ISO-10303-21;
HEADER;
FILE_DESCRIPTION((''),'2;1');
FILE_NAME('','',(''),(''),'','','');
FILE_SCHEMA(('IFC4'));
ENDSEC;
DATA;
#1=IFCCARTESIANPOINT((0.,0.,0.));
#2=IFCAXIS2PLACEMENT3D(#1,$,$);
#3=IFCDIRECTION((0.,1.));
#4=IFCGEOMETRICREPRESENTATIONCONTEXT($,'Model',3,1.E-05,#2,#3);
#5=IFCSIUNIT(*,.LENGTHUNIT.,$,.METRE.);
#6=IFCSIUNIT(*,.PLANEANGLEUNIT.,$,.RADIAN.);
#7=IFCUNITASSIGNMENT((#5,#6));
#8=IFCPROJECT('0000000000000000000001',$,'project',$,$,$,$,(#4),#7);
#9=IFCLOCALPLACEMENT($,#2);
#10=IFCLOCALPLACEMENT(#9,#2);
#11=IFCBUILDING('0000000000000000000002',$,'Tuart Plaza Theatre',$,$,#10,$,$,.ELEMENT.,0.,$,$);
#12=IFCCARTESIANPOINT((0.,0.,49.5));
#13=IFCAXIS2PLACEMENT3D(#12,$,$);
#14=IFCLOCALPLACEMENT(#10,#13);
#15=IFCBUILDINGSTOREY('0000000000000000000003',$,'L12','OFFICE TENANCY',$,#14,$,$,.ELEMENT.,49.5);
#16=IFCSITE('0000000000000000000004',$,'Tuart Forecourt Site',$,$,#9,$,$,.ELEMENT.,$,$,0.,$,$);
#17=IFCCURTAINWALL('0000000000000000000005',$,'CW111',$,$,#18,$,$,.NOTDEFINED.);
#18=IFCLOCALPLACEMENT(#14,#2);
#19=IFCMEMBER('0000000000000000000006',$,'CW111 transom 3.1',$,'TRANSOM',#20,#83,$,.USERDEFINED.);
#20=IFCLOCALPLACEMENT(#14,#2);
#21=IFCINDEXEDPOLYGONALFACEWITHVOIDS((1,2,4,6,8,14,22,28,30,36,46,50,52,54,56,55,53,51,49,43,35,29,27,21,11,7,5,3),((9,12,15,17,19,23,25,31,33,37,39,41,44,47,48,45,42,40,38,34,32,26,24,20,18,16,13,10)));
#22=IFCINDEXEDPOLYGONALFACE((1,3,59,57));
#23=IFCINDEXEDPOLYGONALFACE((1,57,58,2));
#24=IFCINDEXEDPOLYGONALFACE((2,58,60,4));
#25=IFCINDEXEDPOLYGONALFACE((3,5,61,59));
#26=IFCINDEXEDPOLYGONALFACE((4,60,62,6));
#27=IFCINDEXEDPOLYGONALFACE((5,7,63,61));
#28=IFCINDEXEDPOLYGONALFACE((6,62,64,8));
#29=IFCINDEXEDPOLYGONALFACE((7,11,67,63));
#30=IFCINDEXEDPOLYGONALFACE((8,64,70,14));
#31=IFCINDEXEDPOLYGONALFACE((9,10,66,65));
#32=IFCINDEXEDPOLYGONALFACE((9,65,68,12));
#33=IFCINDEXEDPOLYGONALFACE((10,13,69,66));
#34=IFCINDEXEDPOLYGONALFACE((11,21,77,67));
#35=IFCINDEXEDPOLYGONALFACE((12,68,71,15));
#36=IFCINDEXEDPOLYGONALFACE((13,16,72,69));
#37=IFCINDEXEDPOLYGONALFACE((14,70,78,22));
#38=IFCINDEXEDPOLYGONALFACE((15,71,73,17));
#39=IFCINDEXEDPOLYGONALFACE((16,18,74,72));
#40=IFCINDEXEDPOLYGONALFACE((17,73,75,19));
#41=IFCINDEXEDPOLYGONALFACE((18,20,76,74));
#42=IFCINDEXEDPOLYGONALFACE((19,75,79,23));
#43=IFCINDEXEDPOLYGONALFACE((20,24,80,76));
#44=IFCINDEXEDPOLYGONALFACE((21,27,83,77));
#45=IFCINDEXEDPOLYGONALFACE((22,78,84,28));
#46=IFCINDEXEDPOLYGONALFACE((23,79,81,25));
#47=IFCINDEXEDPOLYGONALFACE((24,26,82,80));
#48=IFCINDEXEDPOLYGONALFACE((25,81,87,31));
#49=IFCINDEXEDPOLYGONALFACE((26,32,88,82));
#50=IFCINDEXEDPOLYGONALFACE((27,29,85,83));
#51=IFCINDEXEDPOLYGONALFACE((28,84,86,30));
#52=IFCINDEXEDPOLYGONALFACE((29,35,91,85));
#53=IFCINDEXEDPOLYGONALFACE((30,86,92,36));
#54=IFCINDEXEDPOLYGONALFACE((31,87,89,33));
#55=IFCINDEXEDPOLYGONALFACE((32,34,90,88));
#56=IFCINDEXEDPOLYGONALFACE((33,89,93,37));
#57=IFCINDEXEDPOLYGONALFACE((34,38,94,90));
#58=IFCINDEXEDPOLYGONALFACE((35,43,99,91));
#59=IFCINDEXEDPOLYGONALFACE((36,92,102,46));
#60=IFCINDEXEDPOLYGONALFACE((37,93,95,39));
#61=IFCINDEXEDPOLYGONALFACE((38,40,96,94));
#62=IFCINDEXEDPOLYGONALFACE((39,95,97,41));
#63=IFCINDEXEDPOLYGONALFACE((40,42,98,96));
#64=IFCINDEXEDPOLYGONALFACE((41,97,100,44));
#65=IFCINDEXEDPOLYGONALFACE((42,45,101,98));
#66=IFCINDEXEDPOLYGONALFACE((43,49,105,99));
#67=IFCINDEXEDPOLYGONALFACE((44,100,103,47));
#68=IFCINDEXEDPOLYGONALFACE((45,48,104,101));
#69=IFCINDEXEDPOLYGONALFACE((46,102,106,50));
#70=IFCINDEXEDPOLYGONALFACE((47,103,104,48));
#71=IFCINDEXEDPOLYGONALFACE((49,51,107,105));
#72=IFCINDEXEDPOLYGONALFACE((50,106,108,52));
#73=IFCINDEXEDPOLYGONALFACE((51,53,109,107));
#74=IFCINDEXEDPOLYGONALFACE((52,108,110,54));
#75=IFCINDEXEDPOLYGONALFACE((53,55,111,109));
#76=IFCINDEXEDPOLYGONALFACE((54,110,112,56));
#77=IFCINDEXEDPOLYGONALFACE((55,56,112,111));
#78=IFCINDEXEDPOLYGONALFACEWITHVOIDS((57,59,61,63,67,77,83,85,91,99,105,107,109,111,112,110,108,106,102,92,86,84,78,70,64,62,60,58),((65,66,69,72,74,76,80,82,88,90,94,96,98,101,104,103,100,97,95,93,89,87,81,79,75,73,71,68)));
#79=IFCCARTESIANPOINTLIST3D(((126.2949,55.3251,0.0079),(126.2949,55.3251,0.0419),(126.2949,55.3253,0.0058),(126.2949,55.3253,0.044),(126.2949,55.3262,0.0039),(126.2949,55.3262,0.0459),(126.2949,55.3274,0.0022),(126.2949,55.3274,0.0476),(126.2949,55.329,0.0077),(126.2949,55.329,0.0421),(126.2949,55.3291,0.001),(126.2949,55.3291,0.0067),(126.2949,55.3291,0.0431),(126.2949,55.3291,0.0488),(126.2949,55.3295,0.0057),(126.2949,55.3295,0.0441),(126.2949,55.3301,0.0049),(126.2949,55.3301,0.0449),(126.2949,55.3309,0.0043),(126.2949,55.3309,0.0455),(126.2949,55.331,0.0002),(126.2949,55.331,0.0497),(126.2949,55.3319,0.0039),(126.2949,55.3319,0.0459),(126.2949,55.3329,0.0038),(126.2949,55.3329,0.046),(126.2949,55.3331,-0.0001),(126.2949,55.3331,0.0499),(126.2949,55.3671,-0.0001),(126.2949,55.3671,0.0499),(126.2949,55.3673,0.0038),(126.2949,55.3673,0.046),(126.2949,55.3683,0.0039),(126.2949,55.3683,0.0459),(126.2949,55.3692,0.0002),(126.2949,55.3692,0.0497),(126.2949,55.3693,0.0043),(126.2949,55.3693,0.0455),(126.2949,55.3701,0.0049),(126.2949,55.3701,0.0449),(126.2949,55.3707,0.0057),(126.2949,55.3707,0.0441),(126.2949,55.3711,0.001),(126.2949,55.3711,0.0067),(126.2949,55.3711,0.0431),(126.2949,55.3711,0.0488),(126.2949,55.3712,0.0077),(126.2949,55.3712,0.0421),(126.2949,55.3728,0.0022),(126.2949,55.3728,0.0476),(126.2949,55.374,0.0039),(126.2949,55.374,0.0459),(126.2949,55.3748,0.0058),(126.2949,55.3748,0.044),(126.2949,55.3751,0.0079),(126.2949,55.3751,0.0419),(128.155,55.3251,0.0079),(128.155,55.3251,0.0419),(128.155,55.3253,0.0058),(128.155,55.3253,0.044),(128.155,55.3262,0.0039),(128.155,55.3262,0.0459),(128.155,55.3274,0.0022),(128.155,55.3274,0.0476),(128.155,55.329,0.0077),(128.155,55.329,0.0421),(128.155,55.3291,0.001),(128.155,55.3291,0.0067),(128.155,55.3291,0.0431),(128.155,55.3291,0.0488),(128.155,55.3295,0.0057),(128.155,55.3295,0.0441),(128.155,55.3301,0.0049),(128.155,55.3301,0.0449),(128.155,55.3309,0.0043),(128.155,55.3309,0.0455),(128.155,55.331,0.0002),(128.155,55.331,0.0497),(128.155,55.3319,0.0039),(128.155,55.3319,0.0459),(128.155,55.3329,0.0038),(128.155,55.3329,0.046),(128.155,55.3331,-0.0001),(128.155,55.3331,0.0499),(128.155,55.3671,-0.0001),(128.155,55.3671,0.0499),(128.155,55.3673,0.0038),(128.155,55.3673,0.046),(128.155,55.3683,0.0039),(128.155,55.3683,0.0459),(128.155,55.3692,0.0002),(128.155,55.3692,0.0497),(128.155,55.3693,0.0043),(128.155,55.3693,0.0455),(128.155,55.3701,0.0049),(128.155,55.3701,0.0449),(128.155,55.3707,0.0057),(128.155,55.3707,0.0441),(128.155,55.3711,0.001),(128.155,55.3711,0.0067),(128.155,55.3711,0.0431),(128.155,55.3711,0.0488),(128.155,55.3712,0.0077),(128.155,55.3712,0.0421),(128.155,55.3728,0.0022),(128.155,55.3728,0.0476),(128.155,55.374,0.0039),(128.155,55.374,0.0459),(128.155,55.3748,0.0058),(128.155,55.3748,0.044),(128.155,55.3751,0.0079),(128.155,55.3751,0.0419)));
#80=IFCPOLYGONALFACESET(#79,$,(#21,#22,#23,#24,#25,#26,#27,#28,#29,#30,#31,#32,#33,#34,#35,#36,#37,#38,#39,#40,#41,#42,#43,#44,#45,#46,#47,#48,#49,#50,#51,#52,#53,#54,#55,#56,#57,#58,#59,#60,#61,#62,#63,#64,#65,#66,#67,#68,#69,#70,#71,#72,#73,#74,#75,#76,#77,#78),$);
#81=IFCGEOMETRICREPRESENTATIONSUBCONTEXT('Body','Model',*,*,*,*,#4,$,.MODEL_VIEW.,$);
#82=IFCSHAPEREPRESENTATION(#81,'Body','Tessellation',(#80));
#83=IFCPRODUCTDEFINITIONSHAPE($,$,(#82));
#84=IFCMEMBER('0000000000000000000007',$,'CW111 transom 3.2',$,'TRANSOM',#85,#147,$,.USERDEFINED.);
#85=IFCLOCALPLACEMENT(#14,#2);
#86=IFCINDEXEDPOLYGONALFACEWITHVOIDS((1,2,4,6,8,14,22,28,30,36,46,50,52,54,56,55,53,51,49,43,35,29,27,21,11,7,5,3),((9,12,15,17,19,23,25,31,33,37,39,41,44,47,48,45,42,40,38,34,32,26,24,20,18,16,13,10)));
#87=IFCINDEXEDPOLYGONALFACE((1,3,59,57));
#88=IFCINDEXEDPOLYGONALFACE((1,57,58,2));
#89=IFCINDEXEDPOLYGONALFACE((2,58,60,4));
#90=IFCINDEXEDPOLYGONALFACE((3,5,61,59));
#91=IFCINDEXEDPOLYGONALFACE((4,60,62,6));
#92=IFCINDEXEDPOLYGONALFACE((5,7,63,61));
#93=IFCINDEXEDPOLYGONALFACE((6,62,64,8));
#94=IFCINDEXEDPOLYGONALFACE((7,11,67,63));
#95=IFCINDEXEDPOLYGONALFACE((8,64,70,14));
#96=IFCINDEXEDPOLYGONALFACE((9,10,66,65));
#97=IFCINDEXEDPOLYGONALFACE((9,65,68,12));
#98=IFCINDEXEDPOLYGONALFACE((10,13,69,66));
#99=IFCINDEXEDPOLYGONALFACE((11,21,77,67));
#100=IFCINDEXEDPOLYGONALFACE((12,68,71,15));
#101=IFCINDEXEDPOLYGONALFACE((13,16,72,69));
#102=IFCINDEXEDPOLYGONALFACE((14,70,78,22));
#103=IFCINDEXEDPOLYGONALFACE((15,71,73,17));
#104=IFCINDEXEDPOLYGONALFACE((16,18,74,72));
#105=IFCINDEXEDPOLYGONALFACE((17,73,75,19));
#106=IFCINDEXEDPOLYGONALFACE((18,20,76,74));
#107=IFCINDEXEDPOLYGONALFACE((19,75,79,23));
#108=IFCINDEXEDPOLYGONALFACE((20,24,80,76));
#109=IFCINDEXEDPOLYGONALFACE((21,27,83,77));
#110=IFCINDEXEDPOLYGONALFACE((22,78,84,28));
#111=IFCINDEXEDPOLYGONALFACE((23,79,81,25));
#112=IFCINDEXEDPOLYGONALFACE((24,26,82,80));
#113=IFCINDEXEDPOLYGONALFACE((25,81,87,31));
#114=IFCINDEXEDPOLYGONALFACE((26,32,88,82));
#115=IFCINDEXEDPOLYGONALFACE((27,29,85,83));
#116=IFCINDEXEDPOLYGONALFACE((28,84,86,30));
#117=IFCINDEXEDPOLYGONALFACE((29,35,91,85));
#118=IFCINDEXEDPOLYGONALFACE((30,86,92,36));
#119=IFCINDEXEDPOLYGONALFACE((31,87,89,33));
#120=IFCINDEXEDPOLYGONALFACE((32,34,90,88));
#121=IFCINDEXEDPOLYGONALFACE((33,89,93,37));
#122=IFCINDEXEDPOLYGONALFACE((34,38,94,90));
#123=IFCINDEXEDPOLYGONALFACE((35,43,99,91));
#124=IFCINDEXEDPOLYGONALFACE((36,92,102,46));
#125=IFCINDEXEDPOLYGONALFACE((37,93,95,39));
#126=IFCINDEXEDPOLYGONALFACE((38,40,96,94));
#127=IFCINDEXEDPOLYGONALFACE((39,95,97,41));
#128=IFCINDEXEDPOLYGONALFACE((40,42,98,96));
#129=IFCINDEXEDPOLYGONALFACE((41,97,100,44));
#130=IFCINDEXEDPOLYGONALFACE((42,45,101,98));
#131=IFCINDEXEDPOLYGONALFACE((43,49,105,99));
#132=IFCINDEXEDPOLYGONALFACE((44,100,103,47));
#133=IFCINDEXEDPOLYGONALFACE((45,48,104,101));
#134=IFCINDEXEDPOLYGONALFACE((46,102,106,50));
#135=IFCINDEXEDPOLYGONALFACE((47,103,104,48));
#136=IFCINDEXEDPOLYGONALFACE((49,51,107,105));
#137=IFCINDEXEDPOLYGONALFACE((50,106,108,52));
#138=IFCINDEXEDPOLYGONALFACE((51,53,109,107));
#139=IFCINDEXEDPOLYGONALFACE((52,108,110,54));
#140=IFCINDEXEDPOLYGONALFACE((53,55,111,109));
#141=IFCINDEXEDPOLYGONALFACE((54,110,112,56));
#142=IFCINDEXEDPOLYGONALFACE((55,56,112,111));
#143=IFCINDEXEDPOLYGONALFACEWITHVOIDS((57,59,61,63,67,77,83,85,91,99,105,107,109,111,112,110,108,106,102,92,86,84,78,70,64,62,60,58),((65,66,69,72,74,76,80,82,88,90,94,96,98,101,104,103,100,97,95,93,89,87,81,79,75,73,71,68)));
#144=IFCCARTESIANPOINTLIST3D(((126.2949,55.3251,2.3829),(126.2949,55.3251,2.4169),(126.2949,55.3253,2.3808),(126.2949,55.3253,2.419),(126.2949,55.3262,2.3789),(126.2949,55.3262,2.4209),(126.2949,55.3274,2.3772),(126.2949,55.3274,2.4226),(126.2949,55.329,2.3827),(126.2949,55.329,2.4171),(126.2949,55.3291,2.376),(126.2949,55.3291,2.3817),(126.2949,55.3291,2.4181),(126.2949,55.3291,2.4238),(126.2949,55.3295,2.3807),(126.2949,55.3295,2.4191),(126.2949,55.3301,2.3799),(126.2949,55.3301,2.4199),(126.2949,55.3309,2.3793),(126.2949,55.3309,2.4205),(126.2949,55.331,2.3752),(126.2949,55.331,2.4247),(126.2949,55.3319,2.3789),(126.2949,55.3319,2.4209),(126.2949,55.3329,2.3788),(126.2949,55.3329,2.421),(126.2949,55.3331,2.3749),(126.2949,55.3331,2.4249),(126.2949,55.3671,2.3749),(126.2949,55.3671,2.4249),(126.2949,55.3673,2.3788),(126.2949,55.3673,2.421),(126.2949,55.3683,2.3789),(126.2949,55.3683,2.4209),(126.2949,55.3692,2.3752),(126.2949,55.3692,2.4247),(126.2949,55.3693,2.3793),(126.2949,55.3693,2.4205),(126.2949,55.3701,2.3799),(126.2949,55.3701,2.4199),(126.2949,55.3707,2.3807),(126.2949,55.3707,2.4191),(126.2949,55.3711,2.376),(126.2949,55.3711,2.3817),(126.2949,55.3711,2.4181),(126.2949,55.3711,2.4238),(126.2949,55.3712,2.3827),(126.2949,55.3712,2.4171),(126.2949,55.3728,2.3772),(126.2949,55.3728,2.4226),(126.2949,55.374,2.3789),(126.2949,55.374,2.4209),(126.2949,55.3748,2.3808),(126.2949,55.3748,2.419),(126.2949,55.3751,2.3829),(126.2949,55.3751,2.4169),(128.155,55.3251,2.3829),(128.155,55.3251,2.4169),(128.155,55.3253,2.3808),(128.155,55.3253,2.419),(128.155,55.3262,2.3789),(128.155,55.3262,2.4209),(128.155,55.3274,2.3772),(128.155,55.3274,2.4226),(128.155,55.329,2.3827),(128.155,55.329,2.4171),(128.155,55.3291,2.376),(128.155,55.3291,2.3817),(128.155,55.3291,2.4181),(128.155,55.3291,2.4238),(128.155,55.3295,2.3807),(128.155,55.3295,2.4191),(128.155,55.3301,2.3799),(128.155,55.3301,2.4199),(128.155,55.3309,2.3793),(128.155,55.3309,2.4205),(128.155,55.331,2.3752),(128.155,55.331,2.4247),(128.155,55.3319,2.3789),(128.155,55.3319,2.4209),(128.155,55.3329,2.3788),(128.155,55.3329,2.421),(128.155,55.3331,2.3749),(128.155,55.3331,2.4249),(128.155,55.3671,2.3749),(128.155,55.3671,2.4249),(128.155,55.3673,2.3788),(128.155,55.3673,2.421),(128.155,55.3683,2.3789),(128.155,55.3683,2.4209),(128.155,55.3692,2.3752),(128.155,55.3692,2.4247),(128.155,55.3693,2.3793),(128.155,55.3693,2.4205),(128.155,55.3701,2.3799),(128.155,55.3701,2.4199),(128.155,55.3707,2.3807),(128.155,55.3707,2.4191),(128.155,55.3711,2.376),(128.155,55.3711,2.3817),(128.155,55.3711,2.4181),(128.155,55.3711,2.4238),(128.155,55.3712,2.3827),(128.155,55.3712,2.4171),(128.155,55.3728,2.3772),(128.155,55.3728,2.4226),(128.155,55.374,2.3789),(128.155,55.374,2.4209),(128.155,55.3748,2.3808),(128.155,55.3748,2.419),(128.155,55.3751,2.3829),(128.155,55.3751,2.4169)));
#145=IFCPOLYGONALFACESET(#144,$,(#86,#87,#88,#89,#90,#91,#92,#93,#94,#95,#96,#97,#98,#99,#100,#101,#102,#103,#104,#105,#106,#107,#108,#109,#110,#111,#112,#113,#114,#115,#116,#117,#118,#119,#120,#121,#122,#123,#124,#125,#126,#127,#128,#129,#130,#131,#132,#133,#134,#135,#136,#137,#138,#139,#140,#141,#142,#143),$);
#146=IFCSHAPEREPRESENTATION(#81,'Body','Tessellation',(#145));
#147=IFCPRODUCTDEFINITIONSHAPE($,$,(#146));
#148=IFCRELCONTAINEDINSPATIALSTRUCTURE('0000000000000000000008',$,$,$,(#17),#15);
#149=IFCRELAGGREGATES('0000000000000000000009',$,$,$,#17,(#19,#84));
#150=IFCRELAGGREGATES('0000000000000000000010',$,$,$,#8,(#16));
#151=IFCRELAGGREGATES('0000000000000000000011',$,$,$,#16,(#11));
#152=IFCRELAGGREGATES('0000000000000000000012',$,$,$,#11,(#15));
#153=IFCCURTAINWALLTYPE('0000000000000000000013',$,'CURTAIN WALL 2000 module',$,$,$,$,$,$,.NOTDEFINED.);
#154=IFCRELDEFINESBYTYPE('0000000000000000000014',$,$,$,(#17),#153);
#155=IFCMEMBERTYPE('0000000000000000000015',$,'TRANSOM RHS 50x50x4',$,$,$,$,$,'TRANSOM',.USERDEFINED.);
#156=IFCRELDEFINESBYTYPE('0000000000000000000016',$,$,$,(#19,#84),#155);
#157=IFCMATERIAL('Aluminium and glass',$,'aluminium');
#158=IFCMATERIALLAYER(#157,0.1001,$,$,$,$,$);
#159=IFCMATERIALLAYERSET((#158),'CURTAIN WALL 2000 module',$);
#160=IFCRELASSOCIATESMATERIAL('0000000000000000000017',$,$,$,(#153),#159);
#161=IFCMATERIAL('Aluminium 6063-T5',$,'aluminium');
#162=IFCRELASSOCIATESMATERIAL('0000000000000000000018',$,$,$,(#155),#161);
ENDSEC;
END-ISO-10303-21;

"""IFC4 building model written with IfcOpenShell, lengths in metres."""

from ifc_helpers import new_model, si_unit, direction, frame, origin, origin_2d, place, context, subcontext, project, spatial, hollow_rectangle, extrude, material, layer, layer_set, material_profile, profile_set, type_object, element, aggregate, save


model = new_model("IFC4")

# Units and contexts
model_context = context("Model", 3, precision=1e-05, world=origin(), true_north=direction((0.0, 1.0)))
body_context = subcontext(model_context, "Body", "Model", "MODEL_VIEW")
ifc_project = project(units=[si_unit("LENGTHUNIT", "METRE"), si_unit("PLANEANGLEUNIT", "RADIAN")], contexts=[model_context])

# Site, building, storey
site_placement = place(None, origin())
site = spatial("IfcSite", under=ifc_project, at=site_placement, Name="Tuart Forecourt Site", CompositionType="ELEMENT", RefElevation=0.0)
building_placement = place(site_placement, origin())
building = spatial("IfcBuilding", under=site, at=building_placement, Name="Tuart Plaza Theatre", CompositionType="ELEMENT", ElevationOfRefHeight=0.0)
storey_placement = place(building_placement, frame((0.0, 0.0, 49.5)))
storey = spatial("IfcBuildingStorey", under=building, at=storey_placement, Name="L12", Description="OFFICE TENANCY", CompositionType="ELEMENT", Elevation=49.5)

# Curtain wall, members
ifc_material_1 = material(Name="Aluminium and glass", Category="aluminium")
ifc_layer_1 = layer(ifc_material_1, 0.1001)
ifc_layer_set_1 = layer_set([ifc_layer_1], Name="CURTAIN WALL 2000 module")
curtain_wall_type = type_object("IfcCurtainWallType", Name="CURTAIN WALL 2000 module", PredefinedType="NOTDEFINED", material=ifc_layer_set_1)
curtain_wall_placement = place(storey_placement, origin())
curtain_wall = element("IfcCurtainWall", 1, at=curtain_wall_placement, inside=storey, type_object=curtain_wall_type, Name="CW111", PredefinedType="NOTDEFINED")
ifc_material_2 = material(Name="Aluminium 6063-T5", Category="aluminium")
ifc_material_profile_1 = material_profile(ifc_material_2, hollow_rectangle(XDim=0.05, YDim=0.05, WallThickness=0.0039, InnerFilletRadius=0.0039, OuterFilletRadius=0.0081, at=origin_2d()), Name="RHS 50x50x4")
ifc_profile_set_1 = profile_set([ifc_material_profile_1], Name="Aluminium 6063-T5")
member_type_1 = type_object("IfcMemberType", Name="TRANSOM RHS 50x50x4", ElementType="TRANSOM", PredefinedType="USERDEFINED", material=ifc_profile_set_1)
member_1_placement = place(storey_placement, frame((126.2949, 55.3501, 0.0249), z_axis=(1.0, 0.0, 0.0), x_axis=(0.0, 1.0, 0.0)))
member_1 = element("IfcMember", 2, at=member_1_placement, type_object=member_type_1, Name="CW111 transom 3.1", ObjectType="TRANSOM", PredefinedType="USERDEFINED", context=body_context, shape_type="SweptSolid", body=[
    extrude(hollow_rectangle(XDim=0.05, YDim=0.05, WallThickness=0.0039, InnerFilletRadius=0.0039, OuterFilletRadius=0.0081, at=origin_2d()), origin(), (0.0, 0.0, 1.0), 1.8601),
])
member_2_placement = place(storey_placement, frame((126.2949, 55.3501, 2.3999), z_axis=(1.0, 0.0, 0.0), x_axis=(0.0, 1.0, 0.0)))
member_2 = element("IfcMember", 3, at=member_2_placement, type_object=member_type_1, Name="CW111 transom 3.2", ObjectType="TRANSOM", PredefinedType="USERDEFINED", context=body_context, shape_type="SweptSolid", body=[
    extrude(hollow_rectangle(XDim=0.05, YDim=0.05, WallThickness=0.0039, InnerFilletRadius=0.0039, OuterFilletRadius=0.0081, at=origin_2d()), origin(), (0.0, 0.0, 1.0), 1.8601),
])
aggregate(curtain_wall, [member_1, member_2])

save(model, "model.ifc")
